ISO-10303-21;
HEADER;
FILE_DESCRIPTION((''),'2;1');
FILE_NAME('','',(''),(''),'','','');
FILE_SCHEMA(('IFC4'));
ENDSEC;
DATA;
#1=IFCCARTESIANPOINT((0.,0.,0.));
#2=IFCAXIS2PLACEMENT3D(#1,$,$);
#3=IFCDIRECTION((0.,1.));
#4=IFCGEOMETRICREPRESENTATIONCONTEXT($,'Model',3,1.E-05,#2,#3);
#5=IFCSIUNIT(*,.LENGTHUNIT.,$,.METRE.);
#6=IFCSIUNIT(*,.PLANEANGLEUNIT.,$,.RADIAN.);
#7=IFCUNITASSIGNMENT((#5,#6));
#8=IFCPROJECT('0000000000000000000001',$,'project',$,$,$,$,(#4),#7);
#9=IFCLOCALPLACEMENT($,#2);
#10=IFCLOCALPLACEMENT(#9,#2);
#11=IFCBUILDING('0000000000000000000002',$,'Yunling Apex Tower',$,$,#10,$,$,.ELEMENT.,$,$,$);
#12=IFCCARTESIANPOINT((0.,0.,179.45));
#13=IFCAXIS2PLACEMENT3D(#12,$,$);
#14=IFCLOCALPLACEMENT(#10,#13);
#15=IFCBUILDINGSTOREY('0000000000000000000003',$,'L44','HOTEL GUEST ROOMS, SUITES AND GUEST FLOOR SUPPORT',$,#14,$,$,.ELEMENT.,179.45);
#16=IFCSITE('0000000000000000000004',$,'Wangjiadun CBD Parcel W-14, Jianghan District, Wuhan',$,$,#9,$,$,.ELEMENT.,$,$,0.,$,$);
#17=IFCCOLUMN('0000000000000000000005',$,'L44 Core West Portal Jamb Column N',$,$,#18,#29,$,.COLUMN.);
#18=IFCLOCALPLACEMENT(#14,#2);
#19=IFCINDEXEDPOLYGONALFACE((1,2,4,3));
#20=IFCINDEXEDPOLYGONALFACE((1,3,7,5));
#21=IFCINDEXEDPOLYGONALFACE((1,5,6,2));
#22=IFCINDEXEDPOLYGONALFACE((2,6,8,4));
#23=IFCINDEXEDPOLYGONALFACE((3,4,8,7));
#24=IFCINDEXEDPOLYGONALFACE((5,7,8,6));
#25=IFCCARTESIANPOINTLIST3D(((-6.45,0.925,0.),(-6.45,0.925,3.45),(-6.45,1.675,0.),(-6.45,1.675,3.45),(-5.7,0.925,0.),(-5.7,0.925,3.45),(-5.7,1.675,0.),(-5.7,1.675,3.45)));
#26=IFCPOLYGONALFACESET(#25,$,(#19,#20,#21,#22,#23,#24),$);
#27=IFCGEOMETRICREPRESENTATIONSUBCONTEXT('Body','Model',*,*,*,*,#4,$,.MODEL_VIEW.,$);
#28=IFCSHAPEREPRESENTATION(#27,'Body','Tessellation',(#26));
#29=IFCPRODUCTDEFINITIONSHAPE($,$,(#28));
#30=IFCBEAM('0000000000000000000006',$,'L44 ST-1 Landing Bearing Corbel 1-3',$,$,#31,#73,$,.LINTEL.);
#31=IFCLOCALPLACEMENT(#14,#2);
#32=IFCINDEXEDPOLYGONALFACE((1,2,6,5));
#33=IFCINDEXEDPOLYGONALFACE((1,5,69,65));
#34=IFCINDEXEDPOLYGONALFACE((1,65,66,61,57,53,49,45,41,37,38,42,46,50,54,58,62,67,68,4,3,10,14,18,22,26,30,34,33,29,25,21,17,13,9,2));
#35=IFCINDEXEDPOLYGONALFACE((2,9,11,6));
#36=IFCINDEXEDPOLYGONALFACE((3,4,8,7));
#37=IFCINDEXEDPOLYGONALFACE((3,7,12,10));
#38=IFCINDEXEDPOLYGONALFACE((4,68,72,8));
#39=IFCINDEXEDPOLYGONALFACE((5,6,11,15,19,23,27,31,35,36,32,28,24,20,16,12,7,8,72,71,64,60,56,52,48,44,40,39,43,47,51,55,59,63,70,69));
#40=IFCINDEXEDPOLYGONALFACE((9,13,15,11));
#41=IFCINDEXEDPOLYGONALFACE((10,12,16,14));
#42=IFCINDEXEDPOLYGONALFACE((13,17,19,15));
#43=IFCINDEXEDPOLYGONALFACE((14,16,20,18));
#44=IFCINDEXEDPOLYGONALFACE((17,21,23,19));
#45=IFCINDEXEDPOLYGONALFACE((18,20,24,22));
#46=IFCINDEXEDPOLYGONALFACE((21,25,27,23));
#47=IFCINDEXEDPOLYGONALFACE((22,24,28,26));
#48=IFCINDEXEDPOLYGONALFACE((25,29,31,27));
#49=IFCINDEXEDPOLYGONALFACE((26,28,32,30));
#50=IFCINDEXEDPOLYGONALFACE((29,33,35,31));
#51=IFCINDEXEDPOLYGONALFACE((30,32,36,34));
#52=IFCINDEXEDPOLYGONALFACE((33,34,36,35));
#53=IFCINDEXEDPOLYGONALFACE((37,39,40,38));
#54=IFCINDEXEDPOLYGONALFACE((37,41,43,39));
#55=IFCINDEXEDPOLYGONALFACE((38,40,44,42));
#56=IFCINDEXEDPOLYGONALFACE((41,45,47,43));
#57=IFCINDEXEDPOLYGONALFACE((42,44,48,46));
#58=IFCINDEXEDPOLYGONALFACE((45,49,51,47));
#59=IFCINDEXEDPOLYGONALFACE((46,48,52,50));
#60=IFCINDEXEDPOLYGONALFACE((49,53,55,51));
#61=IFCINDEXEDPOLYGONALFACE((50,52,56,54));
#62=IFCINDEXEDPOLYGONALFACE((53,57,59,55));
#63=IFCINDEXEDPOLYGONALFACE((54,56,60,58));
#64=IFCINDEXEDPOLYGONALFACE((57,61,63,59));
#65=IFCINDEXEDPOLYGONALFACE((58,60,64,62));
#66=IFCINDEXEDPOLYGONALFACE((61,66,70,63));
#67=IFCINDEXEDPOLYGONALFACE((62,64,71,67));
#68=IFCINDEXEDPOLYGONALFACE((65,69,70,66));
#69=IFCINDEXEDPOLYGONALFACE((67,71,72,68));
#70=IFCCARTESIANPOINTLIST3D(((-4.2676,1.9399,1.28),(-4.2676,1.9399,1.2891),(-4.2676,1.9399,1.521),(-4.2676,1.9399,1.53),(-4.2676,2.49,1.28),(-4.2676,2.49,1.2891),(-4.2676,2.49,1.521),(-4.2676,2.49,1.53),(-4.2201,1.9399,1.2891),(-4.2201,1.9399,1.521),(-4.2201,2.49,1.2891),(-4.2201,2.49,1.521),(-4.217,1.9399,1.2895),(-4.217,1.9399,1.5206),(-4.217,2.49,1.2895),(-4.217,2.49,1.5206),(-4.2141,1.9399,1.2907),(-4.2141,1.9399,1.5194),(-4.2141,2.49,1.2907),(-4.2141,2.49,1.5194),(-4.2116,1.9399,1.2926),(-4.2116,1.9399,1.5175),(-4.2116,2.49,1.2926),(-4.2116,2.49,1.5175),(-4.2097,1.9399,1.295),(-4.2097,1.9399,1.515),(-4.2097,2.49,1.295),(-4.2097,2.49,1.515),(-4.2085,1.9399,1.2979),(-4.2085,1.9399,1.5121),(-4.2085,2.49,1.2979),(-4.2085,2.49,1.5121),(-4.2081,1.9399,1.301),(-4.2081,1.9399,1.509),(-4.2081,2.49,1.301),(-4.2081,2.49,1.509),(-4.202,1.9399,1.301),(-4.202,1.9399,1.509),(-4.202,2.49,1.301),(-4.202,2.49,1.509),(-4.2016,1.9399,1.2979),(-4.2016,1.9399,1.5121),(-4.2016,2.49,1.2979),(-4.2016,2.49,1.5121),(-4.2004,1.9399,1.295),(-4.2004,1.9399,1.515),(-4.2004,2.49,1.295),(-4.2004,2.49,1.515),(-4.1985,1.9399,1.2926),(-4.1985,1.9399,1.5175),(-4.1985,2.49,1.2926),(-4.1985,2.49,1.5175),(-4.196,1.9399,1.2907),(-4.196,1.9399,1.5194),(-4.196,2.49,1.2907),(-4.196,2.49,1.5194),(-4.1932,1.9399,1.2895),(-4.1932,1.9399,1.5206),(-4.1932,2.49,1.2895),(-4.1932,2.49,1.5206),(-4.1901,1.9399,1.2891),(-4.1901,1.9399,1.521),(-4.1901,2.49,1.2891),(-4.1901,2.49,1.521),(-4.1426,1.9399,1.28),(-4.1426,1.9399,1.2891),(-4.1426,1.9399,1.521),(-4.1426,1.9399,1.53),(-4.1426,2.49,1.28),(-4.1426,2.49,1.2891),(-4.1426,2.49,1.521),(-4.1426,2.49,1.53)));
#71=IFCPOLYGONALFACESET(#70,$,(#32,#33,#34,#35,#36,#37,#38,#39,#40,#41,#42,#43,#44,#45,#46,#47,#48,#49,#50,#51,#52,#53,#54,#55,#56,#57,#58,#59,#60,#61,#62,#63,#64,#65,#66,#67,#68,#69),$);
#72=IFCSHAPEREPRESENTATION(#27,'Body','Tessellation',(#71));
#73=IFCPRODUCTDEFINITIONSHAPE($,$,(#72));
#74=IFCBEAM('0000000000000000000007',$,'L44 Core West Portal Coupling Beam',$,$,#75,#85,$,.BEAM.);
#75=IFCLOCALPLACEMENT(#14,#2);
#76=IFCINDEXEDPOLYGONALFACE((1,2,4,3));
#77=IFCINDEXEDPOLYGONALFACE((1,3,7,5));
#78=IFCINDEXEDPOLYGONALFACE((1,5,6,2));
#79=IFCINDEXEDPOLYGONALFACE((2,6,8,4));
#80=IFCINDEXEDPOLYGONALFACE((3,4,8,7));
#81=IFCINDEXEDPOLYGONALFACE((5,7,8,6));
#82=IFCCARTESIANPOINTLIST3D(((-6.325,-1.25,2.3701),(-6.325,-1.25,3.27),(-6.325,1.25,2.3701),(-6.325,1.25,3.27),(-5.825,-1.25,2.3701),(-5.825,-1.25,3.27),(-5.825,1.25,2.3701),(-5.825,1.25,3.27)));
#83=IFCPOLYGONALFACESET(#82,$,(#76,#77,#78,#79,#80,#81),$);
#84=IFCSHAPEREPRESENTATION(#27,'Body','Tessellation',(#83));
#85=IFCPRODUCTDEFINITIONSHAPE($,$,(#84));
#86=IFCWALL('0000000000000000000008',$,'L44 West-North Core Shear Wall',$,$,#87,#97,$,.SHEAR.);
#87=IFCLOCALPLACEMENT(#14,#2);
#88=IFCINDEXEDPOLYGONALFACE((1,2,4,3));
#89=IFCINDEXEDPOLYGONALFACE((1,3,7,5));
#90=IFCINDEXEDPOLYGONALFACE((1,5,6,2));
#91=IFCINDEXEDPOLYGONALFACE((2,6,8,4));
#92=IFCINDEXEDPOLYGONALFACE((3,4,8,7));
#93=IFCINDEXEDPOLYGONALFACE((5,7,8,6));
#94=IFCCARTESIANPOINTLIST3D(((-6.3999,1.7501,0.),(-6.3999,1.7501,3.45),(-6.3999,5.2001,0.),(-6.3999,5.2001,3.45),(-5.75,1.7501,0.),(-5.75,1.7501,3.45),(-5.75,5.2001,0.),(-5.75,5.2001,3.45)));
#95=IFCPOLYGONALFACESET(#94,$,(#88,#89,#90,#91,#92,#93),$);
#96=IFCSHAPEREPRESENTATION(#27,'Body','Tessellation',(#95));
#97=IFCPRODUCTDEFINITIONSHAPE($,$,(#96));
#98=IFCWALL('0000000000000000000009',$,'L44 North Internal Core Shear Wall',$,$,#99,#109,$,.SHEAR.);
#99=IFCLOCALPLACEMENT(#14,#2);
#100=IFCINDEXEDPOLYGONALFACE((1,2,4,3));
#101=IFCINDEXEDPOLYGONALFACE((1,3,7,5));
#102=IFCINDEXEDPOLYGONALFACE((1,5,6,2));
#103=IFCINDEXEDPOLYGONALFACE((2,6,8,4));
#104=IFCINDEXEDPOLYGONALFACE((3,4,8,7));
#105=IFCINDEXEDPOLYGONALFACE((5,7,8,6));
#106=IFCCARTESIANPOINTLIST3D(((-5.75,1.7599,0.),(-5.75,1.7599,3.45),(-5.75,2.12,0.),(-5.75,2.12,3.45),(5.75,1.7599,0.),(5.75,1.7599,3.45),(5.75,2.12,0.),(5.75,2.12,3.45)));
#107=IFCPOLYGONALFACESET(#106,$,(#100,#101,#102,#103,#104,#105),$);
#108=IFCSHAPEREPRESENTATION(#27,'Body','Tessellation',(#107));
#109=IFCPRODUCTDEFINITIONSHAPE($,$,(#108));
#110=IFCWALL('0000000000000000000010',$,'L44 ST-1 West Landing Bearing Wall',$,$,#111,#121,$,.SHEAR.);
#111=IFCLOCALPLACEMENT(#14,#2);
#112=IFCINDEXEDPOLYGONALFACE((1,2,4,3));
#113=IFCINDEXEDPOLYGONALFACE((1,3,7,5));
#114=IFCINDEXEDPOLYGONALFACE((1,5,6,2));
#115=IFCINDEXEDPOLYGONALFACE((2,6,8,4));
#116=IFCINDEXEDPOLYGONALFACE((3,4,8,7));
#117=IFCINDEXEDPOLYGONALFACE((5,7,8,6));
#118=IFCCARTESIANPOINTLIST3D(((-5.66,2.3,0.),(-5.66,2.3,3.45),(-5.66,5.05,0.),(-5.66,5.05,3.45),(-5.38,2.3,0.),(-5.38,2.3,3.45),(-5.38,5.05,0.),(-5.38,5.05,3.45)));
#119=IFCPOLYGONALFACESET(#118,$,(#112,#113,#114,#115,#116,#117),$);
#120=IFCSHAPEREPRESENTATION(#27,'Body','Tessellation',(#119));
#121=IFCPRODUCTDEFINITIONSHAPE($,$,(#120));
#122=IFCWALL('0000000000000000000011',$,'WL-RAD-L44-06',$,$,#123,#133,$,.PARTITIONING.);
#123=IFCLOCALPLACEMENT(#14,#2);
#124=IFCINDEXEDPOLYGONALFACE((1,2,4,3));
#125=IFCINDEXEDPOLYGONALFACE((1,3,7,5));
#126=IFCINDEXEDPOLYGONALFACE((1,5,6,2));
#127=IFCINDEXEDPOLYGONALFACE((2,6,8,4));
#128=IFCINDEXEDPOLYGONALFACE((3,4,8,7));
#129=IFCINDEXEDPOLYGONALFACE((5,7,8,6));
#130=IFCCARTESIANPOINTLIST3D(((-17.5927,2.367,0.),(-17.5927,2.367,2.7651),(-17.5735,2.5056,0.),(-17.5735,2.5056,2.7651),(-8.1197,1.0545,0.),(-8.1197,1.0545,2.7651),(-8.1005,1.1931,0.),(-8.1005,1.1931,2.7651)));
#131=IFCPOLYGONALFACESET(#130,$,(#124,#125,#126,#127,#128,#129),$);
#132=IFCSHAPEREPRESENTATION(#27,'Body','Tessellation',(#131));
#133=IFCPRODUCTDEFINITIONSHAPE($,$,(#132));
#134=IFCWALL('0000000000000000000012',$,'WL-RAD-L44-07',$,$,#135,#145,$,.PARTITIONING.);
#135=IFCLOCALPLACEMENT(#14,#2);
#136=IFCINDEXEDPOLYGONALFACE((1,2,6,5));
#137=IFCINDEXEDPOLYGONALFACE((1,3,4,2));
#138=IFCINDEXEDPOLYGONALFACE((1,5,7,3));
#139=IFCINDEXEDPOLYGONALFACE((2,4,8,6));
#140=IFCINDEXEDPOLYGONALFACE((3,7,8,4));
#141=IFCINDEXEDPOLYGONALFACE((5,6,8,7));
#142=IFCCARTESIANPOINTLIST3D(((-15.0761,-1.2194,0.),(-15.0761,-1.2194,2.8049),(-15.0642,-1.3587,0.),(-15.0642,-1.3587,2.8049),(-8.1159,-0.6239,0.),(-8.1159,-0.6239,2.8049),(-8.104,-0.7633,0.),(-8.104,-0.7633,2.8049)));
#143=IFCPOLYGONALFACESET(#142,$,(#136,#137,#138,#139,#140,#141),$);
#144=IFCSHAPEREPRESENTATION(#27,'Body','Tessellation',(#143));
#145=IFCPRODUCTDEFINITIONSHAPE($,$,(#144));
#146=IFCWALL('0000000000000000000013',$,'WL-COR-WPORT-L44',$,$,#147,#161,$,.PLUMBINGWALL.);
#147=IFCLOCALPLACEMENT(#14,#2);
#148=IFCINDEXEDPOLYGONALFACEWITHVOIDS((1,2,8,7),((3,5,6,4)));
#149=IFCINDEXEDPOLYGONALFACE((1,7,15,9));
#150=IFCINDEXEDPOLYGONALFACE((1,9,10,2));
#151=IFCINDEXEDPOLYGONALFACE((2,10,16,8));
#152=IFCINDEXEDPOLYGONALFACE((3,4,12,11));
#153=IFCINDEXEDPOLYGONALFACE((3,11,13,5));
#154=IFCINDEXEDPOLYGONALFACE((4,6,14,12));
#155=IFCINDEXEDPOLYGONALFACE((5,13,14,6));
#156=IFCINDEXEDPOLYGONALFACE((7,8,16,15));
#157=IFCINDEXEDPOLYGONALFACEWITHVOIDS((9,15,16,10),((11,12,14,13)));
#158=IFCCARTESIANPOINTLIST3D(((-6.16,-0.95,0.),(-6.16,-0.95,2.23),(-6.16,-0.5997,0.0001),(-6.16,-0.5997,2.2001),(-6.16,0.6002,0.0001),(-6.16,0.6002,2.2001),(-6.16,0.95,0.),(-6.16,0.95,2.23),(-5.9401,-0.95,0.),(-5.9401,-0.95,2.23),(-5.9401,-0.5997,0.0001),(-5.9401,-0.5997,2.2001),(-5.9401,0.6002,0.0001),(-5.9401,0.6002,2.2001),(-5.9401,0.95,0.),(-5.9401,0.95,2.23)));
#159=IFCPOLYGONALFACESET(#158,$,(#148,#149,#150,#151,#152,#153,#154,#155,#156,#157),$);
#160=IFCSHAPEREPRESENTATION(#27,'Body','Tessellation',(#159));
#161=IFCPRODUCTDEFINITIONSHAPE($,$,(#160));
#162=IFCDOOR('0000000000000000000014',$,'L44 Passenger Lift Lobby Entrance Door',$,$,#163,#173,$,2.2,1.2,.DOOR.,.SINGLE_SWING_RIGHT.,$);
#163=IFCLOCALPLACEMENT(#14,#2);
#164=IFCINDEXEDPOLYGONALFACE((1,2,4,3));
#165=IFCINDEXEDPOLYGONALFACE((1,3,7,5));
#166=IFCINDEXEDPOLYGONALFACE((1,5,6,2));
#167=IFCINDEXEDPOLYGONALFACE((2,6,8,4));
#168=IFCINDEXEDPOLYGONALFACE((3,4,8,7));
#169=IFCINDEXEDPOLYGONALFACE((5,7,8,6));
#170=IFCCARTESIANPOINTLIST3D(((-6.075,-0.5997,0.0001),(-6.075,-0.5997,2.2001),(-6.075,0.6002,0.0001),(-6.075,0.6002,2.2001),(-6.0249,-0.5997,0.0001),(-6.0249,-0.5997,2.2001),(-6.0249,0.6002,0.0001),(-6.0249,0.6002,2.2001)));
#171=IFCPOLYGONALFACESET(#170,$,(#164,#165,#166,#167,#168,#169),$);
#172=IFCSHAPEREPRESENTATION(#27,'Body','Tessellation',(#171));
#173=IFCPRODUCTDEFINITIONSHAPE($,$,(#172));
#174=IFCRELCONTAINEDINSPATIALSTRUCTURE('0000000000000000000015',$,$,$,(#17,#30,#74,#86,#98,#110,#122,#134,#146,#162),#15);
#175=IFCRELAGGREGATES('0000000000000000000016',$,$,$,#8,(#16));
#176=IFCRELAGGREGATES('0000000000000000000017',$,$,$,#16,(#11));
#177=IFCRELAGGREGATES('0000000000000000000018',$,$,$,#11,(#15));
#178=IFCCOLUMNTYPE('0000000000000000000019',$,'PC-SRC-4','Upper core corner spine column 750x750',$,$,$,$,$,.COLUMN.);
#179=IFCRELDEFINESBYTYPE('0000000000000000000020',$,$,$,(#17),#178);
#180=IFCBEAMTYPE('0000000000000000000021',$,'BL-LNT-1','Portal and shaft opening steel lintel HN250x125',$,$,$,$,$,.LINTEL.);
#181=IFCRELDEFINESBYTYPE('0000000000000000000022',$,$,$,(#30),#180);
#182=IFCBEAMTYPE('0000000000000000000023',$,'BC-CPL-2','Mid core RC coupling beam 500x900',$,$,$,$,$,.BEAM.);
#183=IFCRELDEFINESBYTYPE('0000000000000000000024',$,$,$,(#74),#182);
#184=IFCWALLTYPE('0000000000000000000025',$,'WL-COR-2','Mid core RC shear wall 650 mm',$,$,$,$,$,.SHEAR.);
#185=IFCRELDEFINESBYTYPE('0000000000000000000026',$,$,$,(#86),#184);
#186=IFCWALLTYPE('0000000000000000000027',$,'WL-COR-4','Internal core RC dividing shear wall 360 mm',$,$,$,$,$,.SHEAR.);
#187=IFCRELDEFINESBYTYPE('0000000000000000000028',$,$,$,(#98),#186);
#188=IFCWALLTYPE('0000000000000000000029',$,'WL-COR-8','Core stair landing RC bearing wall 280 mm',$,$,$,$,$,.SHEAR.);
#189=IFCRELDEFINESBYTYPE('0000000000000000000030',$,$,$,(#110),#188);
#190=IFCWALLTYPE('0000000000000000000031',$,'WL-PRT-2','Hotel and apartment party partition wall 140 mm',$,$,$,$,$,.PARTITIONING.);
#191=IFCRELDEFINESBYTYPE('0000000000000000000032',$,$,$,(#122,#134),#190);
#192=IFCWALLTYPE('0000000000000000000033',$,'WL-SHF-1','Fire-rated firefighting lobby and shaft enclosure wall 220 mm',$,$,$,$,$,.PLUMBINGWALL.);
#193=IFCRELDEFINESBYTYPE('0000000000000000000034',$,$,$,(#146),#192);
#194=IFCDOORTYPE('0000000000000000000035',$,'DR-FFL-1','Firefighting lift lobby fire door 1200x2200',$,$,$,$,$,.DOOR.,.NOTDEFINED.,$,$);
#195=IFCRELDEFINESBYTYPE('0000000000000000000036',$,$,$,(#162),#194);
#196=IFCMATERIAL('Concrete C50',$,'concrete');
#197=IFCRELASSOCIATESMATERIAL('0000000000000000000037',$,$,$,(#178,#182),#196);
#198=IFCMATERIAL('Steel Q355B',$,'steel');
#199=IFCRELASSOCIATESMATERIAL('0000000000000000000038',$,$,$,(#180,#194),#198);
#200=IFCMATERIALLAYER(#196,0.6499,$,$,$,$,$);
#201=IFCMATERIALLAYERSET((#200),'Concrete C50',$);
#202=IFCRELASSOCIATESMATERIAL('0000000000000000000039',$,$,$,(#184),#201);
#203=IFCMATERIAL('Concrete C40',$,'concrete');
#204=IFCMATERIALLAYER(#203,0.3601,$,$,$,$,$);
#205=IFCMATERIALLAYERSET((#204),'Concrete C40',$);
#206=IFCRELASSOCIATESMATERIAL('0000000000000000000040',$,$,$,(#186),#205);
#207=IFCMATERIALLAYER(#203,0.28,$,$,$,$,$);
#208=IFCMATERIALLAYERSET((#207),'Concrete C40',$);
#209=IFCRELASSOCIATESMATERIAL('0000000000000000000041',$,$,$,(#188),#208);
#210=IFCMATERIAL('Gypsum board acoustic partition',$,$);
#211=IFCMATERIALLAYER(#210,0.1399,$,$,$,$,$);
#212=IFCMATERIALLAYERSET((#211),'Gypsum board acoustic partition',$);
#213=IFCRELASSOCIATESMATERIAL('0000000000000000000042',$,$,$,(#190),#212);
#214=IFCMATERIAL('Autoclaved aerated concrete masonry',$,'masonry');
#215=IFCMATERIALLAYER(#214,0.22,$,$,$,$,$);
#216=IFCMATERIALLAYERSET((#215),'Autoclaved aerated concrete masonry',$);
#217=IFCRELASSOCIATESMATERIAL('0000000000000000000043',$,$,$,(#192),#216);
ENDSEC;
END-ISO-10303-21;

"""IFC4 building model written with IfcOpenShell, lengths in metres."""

from ifc_helpers import new_model, si_unit, direction, frame, frame_2d, origin, origin_2d, place, context, subcontext, project, spatial, rectangle, i_section, extrude, source, transform, mapped, material, layer, layer_set, material_profile, profile_set, type_object, element, fill, save


model = new_model("IFC4")

# Units and contexts
model_context = context("Model", 3, precision=1e-05, world=origin(), true_north=direction((0.0, 1.0)))
body_context = subcontext(model_context, "Body", "Model", "MODEL_VIEW")
ifc_project = project(units=[si_unit("LENGTHUNIT", "METRE"), si_unit("PLANEANGLEUNIT", "RADIAN")], contexts=[model_context])

# Site, building, storey
site_placement = place(None, origin())
site = spatial("IfcSite", under=ifc_project, at=site_placement, Name="Wangjiadun CBD Parcel W-14, Jianghan District, Wuhan", CompositionType="ELEMENT", RefElevation=0.0)
building_placement = place(site_placement, origin())
building = spatial("IfcBuilding", under=site, at=building_placement, Name="Yunling Apex Tower", CompositionType="ELEMENT")
storey_placement = place(building_placement, frame((0.0, 0.0, 179.45)))
storey = spatial("IfcBuildingStorey", under=building, at=storey_placement, Name="L44", Description="HOTEL GUEST ROOMS, SUITES AND GUEST FLOOR SUPPORT", CompositionType="ELEMENT", Elevation=179.45)

# Column
ifc_material_1 = material(Name="Concrete C50", Category="concrete")
ifc_material_profile_1 = material_profile(ifc_material_1, rectangle(XDim=0.75, YDim=0.75, at=origin_2d()))
ifc_profile_set_1 = profile_set([ifc_material_profile_1], Name="Concrete C50")
column_type = type_object("IfcColumnType", Name="PC-SRC-4", Description="Upper core corner spine column 750x750", PredefinedType="COLUMN", material=ifc_profile_set_1)
shared_shape_1 = source(origin(), body_context, "Body", "SweptSolid", [
    extrude(rectangle(XDim=0.75, YDim=0.75, at=origin_2d()), origin(), (0.0, 0.0, 1.0), 3.45),
])
column_placement = place(storey_placement, frame((-6.075, 1.3, 0.0), z_axis=(0.0, 0.0, 1.0), x_axis=(1.0, 0.0, 0.0)))
element("IfcColumn", 1, at=column_placement, inside=storey, type_object=column_type, Name="L44 Core West Portal Jamb Column N", PredefinedType="COLUMN", context=body_context, shape_type="MappedRepresentation", body=[
    mapped(shared_shape_1, transform((0.0, 0.0, 0.0), scale=1.0)),
])

# Beams
ifc_material_2 = material(Name="Steel Q355B", Category="steel")
ifc_material_profile_2 = material_profile(ifc_material_2, i_section(OverallWidth=0.125, OverallDepth=0.25, WebThickness=0.0061, FlangeThickness=0.009, FilletRadius=0.012, at=origin_2d()))
ifc_profile_set_2 = profile_set([ifc_material_profile_2], Name="Steel Q355B")
beam_type_1 = type_object("IfcBeamType", Name="BL-LNT-1", Description="Portal and shaft opening steel lintel HN250x125", PredefinedType="LINTEL", material=ifc_profile_set_2)
shared_shape_2 = source(origin(), body_context, "Body", "SweptSolid", [
    extrude(i_section(OverallWidth=0.125, OverallDepth=0.25, WebThickness=0.0061, FlangeThickness=0.009, FilletRadius=0.012, at=origin_2d()), origin(), (0.0, 0.0, 1.0), 0.55),
])
beam_1_placement = place(storey_placement, frame((-4.2051, 1.9399, 1.405), z_axis=(0.0, 1.0, 0.0), x_axis=(-1.0, 0.0, 0.0)))
element("IfcBeam", 2, at=beam_1_placement, inside=storey, type_object=beam_type_1, Name="L44 ST-1 Landing Bearing Corbel 1-3", PredefinedType="LINTEL", context=body_context, shape_type="MappedRepresentation", body=[
    mapped(shared_shape_2, transform((0.0, 0.0, 0.0), scale=1.0)),
])
ifc_material_profile_3 = material_profile(ifc_material_1, rectangle(XDim=0.5, YDim=0.8999, at=origin_2d()))
ifc_profile_set_3 = profile_set([ifc_material_profile_3], Name="Concrete C50")
beam_type_2 = type_object("IfcBeamType", Name="BC-CPL-2", Description="Mid core RC coupling beam 500x900", PredefinedType="BEAM", material=ifc_profile_set_3)
shared_shape_3 = source(origin(), body_context, "Body", "SweptSolid", [
    extrude(rectangle(XDim=0.5, YDim=0.8999, at=origin_2d()), origin(), (0.0, 0.0, 1.0), 2.5),
])
beam_2_placement = place(storey_placement, frame((-6.075, -1.25, 2.8201), z_axis=(0.0, 1.0, 0.0), x_axis=(-1.0, 0.0, 0.0)))
element("IfcBeam", 3, at=beam_2_placement, inside=storey, type_object=beam_type_2, Name="L44 Core West Portal Coupling Beam", PredefinedType="BEAM", context=body_context, shape_type="MappedRepresentation", body=[
    mapped(shared_shape_3, transform((0.0, 0.0, 0.0), scale=1.0)),
])

# Walls
ifc_layer_1 = layer(ifc_material_1, 0.6499)
ifc_layer_set_1 = layer_set([ifc_layer_1], Name="Concrete C50")
wall_type_1 = type_object("IfcWallType", Name="WL-COR-2", Description="Mid core RC shear wall 650 mm", PredefinedType="SHEAR", material=ifc_layer_set_1)
wall_1_placement = place(storey_placement, frame((-6.075, 1.75, 0.0), z_axis=(0.0, 0.0, 1.0), x_axis=(0.0, 1.0, 0.0)))
element("IfcWall", 4, at=wall_1_placement, inside=storey, type_object=wall_type_1, Name="L44 West-North Core Shear Wall", PredefinedType="SHEAR", context=body_context, shape_type="SweptSolid", body=[
    extrude(rectangle(XDim=3.45, YDim=0.6499, at=frame_2d((1.7251, 0.0))), origin(), (0.0, 0.0, 1.0), 3.45),
])
ifc_material_3 = material(Name="Concrete C40", Category="concrete")
ifc_layer_2 = layer(ifc_material_3, 0.3601)
ifc_layer_set_2 = layer_set([ifc_layer_2], Name="Concrete C40")
wall_type_2 = type_object("IfcWallType", Name="WL-COR-4", Description="Internal core RC dividing shear wall 360 mm", PredefinedType="SHEAR", material=ifc_layer_set_2)
wall_2_placement = place(storey_placement, frame((-5.75, 1.9399, 0.0), z_axis=(0.0, 0.0, 1.0), x_axis=(1.0, 0.0, 0.0)))
element("IfcWall", 5, at=wall_2_placement, inside=storey, type_object=wall_type_2, Name="L44 North Internal Core Shear Wall", PredefinedType="SHEAR", context=body_context, shape_type="SweptSolid", body=[
    extrude(rectangle(XDim=11.5, YDim=0.3601, at=frame_2d((5.75, 0.0))), origin(), (0.0, 0.0, 1.0), 3.45),
])
ifc_layer_3 = layer(ifc_material_3, 0.28)
ifc_layer_set_3 = layer_set([ifc_layer_3], Name="Concrete C40")
wall_type_3 = type_object("IfcWallType", Name="WL-COR-8", Description="Core stair landing RC bearing wall 280 mm", PredefinedType="SHEAR", material=ifc_layer_set_3)
wall_3_placement = place(storey_placement, frame((-5.52, 2.3, 0.0), z_axis=(0.0, 0.0, 1.0), x_axis=(0.0, 1.0, 0.0)))
element("IfcWall", 6, at=wall_3_placement, inside=storey, type_object=wall_type_3, Name="L44 ST-1 West Landing Bearing Wall", PredefinedType="SHEAR", context=body_context, shape_type="SweptSolid", body=[
    extrude(rectangle(XDim=2.75, YDim=0.28, at=frame_2d((1.375, 0.0))), origin(), (0.0, 0.0, 1.0), 3.45),
])
ifc_material_4 = material(Name="Gypsum board acoustic partition")
ifc_layer_4 = layer(ifc_material_4, 0.1399)
ifc_layer_set_4 = layer_set([ifc_layer_4], Name="Gypsum board acoustic partition")
wall_type_4 = type_object("IfcWallType", Name="WL-PRT-2", Description="Hotel and apartment party partition wall 140 mm", PredefinedType="PARTITIONING", material=ifc_layer_set_4)
wall_4_placement = place(storey_placement, frame((-8.1101, 1.1238, 0.0), z_axis=(0.0, 0.0, 1.0), x_axis=(-0.990538, 0.137242, 0.0)))
element("IfcWall", 7, at=wall_4_placement, inside=storey, type_object=wall_type_4, Name="WL-RAD-L44-06", PredefinedType="PARTITIONING", context=body_context, shape_type="SweptSolid", body=[
    extrude(rectangle(XDim=9.5635, YDim=0.1399, at=frame_2d((4.7817, 0.0))), origin(), (0.0, 0.0, 1.0), 2.7651),
])
wall_5_placement = place(storey_placement, frame((-8.1101, -0.6936, 0.0), z_axis=(0.0, 0.0, 1.0), x_axis=(-0.99636, -0.085241, 0.0)))
element("IfcWall", 8, at=wall_5_placement, inside=storey, type_object=wall_type_4, Name="WL-RAD-L44-07", PredefinedType="PARTITIONING", context=body_context, shape_type="SweptSolid", body=[
    extrude(rectangle(XDim=6.9856, YDim=0.1399, at=frame_2d((3.4927, 0.0))), origin(), (0.0, 0.0, 1.0), 2.8049),
])

# Wall, opening, door
ifc_material_5 = material(Name="Autoclaved aerated concrete masonry", Category="masonry")
ifc_layer_5 = layer(ifc_material_5, 0.22)
ifc_layer_set_5 = layer_set([ifc_layer_5], Name="Autoclaved aerated concrete masonry")
wall_type_5 = type_object("IfcWallType", Name="WL-SHF-1", Description="Fire-rated firefighting lobby and shaft enclosure wall 220 mm", PredefinedType="PLUMBINGWALL", material=ifc_layer_set_5)
wall_6_placement = place(storey_placement, frame((-6.05, -0.95, 0.0), z_axis=(0.0, 0.0, 1.0), x_axis=(0.0, 1.0, 0.0)))
wall_6 = element("IfcWall", 9, at=wall_6_placement, inside=storey, type_object=wall_type_5, Name="WL-COR-WPORT-L44", PredefinedType="PLUMBINGWALL", context=body_context, shape_type="SweptSolid", body=[
    extrude(rectangle(XDim=1.8999, YDim=0.22, at=frame_2d((0.95, 0.0))), origin(), (0.0, 0.0, 1.0), 2.23),
])
opening_1_placement = place(wall_6_placement, frame((0.3501, 0.0, 0.0)))
opening_1 = element("IfcOpeningElement", 10, at=opening_1_placement, cuts=wall_6, PredefinedType="OPENING", context=body_context, shape_type="SweptSolid", body=[
    extrude(rectangle(XDim=1.2, YDim=2.2, at=frame_2d((0.6001, 1.1001))), frame((0.0, 0.1201, 0.0), z_axis=(0.0, -1.0, 0.0), x_axis=(1.0, 0.0, 0.0)), (0.0, 0.0, 1.0), 0.24),
])
door_type_1 = type_object("IfcDoorType", Name="DR-FFL-1", Description="Firefighting lift lobby fire door 1200x2200", OperationType="NOTDEFINED", PredefinedType="DOOR", material=ifc_material_2)
door_1_placement = place(opening_1_placement, origin())
door_1 = element("IfcDoor", 11, at=door_1_placement, inside=storey, type_object=door_type_1, Name="L44 Passenger Lift Lobby Entrance Door", OperationType="SINGLE_SWING_RIGHT", OverallHeight=2.2, OverallWidth=1.2, PredefinedType="DOOR", context=body_context, shape_type="SweptSolid", body=[
    extrude(rectangle(XDim=1.2, YDim=2.2, at=frame_2d((0.6001, 1.1001))), frame((0.0, 0.0249, 0.0), z_axis=(0.0, -1.0, 0.0), x_axis=(1.0, 0.0, 0.0)), (0.0, 0.0, 1.0), 0.05),
])
fill(opening_1, door_1)

save(model, "model.ifc")
